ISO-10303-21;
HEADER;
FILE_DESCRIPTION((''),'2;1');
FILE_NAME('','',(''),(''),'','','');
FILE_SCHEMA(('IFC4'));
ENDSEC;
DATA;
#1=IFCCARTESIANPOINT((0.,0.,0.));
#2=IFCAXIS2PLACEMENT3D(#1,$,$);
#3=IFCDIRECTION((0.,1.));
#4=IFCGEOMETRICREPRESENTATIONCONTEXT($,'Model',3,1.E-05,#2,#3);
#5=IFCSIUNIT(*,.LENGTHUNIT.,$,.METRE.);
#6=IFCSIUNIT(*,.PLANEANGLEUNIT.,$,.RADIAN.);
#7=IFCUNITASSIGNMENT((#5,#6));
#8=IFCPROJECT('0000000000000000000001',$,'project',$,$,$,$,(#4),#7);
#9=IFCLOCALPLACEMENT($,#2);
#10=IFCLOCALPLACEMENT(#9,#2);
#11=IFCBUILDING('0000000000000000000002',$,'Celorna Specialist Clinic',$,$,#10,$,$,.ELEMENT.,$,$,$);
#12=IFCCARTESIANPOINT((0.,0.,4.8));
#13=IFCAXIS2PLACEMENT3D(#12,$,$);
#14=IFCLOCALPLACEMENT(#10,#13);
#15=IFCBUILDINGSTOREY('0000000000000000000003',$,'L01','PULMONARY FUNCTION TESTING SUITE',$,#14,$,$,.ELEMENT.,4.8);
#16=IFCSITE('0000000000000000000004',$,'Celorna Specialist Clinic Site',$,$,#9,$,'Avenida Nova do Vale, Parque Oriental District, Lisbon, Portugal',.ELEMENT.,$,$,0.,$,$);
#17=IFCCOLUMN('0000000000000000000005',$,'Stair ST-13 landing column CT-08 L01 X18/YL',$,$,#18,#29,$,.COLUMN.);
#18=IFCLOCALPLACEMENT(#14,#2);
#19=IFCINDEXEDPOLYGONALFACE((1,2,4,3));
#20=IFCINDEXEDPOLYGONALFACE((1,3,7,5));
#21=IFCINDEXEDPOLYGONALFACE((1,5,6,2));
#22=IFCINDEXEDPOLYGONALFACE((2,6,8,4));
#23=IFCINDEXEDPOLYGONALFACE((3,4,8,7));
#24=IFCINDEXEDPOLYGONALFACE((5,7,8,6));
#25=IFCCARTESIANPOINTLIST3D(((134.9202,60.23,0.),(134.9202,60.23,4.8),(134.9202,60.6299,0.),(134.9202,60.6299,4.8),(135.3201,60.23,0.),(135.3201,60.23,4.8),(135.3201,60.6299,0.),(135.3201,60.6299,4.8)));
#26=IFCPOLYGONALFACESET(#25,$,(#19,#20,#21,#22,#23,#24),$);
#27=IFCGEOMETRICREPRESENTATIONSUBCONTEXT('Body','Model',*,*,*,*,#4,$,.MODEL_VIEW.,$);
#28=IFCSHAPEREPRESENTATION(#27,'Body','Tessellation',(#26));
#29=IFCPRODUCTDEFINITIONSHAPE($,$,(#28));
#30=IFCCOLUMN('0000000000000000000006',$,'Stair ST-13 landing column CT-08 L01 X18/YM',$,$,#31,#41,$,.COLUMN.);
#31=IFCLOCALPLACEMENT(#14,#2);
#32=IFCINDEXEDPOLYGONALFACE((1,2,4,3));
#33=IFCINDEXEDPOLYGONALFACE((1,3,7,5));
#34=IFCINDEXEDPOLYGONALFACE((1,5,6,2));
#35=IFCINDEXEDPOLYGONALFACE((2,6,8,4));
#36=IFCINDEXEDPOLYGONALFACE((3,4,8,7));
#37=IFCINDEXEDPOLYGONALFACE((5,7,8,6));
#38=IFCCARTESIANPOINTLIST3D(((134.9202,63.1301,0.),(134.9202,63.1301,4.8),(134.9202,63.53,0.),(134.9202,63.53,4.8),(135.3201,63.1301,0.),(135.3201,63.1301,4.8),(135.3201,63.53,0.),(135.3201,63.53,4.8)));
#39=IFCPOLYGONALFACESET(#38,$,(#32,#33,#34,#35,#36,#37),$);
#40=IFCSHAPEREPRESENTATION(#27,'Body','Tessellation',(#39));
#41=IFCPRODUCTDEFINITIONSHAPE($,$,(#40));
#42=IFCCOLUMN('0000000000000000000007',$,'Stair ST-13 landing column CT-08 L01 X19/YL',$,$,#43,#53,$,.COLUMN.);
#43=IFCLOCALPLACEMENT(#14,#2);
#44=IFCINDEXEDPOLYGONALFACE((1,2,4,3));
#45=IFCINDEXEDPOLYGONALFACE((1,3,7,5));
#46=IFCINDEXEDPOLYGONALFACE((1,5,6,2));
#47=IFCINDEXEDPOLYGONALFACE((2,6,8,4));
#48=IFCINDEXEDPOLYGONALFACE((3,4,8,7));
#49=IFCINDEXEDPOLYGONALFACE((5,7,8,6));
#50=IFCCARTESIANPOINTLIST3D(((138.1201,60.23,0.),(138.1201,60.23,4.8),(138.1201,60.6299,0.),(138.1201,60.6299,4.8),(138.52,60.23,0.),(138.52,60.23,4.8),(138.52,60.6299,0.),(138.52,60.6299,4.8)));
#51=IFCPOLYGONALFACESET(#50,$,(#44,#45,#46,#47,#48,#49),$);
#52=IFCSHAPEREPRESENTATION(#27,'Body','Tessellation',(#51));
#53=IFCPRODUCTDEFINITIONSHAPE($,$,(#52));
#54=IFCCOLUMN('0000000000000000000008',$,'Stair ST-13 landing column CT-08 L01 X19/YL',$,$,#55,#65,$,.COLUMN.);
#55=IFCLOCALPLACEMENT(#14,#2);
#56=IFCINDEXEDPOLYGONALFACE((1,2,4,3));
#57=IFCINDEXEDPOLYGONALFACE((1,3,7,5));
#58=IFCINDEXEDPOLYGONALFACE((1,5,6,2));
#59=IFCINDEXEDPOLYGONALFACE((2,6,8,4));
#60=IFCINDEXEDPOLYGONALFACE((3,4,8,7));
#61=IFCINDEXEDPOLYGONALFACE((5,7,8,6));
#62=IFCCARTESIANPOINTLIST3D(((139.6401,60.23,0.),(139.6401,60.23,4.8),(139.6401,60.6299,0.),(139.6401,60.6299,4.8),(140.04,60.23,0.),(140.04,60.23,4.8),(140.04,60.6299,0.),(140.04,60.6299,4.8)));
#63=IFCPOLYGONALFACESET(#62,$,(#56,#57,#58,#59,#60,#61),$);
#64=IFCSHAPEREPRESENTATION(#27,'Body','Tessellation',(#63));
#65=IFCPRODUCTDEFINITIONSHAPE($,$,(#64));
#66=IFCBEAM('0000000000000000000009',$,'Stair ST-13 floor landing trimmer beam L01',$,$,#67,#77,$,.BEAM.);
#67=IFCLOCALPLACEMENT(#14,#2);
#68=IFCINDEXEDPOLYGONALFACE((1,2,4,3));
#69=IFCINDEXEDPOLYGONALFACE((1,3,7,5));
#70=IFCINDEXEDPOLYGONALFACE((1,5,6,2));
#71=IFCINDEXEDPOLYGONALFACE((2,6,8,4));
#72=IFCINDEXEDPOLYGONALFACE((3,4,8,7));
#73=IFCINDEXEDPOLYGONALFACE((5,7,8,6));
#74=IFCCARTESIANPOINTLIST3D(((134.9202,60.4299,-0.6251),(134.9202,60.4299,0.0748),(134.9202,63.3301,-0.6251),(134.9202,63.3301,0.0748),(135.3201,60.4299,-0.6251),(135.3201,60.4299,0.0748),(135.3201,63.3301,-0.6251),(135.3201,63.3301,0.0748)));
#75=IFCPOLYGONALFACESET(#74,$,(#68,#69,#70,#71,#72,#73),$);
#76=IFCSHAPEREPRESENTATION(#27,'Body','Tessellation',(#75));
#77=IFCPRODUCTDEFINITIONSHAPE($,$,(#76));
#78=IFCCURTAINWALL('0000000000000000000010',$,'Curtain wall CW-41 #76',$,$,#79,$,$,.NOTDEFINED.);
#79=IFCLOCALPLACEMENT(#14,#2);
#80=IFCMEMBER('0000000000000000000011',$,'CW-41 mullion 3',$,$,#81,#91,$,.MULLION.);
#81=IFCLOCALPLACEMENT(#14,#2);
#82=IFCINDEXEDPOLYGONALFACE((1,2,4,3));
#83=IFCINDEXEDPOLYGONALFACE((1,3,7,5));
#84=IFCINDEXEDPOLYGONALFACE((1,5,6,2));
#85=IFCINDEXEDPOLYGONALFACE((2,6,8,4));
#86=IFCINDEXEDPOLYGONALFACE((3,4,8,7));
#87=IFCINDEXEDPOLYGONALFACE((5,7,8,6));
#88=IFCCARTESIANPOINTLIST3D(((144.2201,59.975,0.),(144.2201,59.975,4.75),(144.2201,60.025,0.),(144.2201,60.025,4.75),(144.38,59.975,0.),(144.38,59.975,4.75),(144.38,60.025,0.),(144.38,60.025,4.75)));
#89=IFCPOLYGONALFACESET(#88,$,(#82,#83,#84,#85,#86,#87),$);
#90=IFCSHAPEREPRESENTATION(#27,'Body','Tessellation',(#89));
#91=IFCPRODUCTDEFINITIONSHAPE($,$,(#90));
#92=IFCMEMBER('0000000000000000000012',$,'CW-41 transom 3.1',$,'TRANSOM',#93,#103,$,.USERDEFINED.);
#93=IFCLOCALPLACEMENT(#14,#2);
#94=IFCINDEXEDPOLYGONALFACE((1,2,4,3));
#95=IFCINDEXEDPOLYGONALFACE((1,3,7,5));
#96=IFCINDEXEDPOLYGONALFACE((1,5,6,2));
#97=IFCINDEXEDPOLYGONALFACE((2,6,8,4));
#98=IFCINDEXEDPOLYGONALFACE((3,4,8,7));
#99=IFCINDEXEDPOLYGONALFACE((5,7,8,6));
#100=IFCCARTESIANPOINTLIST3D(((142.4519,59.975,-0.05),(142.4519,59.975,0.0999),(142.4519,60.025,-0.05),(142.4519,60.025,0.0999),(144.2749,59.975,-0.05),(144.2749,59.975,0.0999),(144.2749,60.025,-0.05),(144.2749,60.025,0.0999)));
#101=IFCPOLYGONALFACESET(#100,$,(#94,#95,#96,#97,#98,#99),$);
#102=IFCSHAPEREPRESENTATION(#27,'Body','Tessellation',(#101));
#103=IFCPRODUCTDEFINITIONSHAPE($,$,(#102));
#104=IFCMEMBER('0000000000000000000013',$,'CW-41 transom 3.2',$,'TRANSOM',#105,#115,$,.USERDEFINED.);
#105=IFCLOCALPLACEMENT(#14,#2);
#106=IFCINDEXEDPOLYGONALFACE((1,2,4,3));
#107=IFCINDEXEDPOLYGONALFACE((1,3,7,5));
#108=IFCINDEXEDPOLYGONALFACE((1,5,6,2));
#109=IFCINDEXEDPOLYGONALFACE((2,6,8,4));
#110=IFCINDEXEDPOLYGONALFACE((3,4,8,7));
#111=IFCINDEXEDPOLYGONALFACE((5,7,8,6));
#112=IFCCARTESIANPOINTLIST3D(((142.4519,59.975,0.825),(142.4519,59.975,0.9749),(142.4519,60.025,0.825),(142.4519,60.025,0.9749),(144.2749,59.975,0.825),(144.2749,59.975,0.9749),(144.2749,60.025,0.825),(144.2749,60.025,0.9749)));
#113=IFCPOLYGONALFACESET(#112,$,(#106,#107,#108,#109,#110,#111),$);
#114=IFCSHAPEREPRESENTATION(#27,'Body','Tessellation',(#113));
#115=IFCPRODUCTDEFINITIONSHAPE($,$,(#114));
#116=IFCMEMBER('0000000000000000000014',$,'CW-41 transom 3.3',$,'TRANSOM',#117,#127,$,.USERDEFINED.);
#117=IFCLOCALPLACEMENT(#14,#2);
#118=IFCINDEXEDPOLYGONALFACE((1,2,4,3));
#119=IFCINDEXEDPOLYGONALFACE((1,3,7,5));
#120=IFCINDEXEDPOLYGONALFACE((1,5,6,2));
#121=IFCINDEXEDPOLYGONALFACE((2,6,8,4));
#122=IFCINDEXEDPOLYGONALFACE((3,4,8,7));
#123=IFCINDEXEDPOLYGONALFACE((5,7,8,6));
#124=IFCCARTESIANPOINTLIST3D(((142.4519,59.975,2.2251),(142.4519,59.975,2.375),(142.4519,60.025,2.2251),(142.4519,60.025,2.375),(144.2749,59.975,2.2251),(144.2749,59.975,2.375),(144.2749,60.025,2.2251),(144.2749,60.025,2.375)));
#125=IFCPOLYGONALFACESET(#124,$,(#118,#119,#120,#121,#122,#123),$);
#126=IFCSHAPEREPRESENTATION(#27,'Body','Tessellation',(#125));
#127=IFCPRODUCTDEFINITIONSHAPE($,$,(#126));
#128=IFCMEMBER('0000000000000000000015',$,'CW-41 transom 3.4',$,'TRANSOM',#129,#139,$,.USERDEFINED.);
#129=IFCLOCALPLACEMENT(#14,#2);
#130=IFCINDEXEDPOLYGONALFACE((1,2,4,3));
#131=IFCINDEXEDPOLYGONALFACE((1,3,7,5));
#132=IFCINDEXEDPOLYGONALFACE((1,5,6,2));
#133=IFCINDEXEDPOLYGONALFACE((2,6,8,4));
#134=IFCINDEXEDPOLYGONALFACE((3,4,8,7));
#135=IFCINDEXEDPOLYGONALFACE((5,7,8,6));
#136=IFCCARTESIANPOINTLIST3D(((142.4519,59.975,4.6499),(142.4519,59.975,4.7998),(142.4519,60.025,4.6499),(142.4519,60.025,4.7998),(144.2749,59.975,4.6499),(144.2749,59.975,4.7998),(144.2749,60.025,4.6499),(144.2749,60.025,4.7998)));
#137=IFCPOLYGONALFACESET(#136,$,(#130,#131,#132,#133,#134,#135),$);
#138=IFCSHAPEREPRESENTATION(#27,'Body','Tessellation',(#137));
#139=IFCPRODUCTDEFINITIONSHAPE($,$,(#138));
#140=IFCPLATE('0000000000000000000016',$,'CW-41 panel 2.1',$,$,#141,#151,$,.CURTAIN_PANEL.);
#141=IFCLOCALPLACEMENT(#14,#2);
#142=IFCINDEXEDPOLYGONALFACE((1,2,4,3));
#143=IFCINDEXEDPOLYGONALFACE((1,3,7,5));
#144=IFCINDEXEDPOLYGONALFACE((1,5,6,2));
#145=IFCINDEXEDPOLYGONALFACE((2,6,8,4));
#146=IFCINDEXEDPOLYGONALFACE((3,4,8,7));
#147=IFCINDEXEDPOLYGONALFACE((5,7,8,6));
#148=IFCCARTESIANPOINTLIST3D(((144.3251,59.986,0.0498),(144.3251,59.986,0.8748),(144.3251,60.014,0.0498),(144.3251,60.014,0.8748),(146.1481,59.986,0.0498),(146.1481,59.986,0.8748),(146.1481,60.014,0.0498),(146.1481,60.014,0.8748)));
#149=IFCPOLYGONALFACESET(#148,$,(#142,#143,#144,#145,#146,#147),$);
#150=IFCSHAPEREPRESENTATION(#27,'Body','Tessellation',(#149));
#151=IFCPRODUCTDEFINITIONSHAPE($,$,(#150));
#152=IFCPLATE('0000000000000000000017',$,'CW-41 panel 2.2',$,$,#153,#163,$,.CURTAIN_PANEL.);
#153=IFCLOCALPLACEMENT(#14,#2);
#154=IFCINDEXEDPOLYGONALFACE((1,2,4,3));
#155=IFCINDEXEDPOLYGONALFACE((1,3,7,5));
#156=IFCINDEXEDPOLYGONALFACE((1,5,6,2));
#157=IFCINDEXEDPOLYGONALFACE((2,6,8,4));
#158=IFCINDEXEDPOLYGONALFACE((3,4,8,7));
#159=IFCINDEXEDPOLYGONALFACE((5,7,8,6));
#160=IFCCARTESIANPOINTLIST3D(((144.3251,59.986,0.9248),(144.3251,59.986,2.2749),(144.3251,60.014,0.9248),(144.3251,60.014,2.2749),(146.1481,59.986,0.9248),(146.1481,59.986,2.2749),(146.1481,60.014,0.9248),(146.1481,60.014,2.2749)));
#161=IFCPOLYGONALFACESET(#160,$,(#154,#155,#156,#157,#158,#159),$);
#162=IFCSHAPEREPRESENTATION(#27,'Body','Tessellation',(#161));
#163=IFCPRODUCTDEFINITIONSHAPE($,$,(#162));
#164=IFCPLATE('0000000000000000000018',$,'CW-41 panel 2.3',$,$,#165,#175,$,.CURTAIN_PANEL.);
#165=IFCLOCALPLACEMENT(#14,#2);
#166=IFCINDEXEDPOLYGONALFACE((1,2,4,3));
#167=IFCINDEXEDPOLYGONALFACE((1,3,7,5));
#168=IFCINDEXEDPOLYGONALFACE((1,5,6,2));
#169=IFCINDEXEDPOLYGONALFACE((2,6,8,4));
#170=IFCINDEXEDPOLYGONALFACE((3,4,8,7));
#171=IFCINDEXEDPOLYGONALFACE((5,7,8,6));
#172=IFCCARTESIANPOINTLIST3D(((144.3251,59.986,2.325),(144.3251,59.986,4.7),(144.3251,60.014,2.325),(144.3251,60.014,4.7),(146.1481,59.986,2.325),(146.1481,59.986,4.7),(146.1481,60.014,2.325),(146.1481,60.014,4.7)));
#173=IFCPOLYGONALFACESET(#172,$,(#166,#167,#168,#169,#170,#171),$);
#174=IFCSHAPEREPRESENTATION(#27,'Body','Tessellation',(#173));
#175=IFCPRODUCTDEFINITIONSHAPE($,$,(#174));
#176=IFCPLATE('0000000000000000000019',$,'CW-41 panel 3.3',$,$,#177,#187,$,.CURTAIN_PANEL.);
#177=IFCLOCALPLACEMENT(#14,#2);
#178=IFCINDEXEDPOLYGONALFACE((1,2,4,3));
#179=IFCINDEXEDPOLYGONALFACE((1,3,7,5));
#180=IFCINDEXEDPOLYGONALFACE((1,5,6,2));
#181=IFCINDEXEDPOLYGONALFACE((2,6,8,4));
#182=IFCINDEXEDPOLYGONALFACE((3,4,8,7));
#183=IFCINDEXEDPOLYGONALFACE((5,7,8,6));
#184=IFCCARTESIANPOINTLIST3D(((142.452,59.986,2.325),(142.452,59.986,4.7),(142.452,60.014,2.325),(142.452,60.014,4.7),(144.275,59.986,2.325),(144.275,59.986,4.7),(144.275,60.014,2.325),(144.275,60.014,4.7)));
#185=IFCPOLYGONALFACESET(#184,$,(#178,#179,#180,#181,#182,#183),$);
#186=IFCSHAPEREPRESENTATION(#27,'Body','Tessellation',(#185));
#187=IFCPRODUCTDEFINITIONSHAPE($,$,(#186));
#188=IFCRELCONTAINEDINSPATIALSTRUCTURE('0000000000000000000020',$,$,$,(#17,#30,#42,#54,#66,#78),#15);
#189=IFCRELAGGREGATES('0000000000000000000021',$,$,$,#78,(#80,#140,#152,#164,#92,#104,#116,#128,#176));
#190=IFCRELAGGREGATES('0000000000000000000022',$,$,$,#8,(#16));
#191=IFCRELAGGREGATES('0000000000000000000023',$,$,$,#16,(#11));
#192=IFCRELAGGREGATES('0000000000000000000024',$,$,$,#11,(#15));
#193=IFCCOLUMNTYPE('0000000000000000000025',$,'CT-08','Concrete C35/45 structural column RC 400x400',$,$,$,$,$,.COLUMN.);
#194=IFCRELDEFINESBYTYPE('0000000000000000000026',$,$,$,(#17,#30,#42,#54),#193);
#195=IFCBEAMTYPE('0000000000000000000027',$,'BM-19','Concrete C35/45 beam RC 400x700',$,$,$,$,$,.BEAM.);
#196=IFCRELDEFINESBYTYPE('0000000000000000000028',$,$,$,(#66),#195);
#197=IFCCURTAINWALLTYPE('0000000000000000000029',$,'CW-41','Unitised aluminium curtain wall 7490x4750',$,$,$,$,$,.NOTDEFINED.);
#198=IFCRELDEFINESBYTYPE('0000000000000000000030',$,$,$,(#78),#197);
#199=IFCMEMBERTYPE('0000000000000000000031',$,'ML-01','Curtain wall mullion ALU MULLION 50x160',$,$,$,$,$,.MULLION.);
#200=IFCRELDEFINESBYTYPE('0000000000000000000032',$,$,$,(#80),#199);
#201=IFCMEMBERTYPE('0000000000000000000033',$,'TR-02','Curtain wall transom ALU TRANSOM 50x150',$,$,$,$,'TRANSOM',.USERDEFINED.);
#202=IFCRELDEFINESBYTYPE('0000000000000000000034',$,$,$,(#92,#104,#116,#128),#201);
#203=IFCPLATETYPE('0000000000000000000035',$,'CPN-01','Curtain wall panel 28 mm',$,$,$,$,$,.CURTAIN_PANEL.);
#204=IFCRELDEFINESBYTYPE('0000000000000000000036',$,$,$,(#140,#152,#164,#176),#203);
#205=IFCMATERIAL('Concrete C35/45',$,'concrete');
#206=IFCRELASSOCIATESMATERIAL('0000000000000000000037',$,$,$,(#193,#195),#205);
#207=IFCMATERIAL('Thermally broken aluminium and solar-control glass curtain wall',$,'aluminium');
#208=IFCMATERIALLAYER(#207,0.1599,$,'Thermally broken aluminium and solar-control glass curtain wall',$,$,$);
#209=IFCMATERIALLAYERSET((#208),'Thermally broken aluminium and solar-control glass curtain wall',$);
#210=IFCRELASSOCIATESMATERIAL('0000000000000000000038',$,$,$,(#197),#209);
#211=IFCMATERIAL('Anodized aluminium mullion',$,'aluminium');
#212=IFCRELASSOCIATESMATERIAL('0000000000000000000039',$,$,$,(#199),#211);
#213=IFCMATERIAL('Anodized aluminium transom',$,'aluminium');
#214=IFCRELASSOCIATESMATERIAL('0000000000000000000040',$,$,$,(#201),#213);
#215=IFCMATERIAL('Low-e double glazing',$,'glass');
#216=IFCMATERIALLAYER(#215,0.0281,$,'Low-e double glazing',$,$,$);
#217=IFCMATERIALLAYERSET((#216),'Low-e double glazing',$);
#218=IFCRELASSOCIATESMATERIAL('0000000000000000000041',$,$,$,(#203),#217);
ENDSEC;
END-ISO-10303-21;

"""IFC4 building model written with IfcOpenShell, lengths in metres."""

from ifc_helpers import new_model, si_unit, direction, frame, origin, origin_2d, place, context, subcontext, project, spatial, rectangle, extrude, material, layer, layer_set, material_profile, profile_set, type_object, element, aggregate, save


model = new_model("IFC4")

# Units and contexts
model_context = context("Model", 3, precision=1e-05, world=origin(), true_north=direction((0.0, 1.0)))
body_context = subcontext(model_context, "Body", "Model", "MODEL_VIEW")
ifc_project = project(units=[si_unit("LENGTHUNIT", "METRE"), si_unit("PLANEANGLEUNIT", "RADIAN")], contexts=[model_context])

# Site, building, storey
site_placement = place(None, origin())
site = spatial("IfcSite", under=ifc_project, at=site_placement, Name="Celorna Specialist Clinic Site", LongName="Avenida Nova do Vale, Parque Oriental District, Lisbon, Portugal", CompositionType="ELEMENT", RefElevation=0.0)
building_placement = place(site_placement, origin())
building = spatial("IfcBuilding", under=site, at=building_placement, Name="Celorna Specialist Clinic", CompositionType="ELEMENT")
storey_placement = place(building_placement, frame((0.0, 0.0, 4.8)))
storey = spatial("IfcBuildingStorey", under=building, at=storey_placement, Name="L01", Description="PULMONARY FUNCTION TESTING SUITE", CompositionType="ELEMENT", Elevation=4.8)

# Columns
ifc_material_1 = material(Name="Concrete C35/45", Category="concrete")
ifc_material_profile_1 = material_profile(ifc_material_1, rectangle(XDim=0.3999, YDim=0.3999, at=origin_2d()), Name="RC 400x400")
ifc_profile_set_1 = profile_set([ifc_material_profile_1], Name="Concrete C35/45")
column_type = type_object("IfcColumnType", Name="CT-08", Description="Concrete C35/45 structural column RC 400x400", PredefinedType="COLUMN", material=ifc_profile_set_1)
for number, where, z_axis, x_axis, name in (
    (1, (135.1201, 60.4299, 0.0), (0.0, 0.0, 1.0), (1.0, 0.0, 0.0), "Stair ST-13 landing column CT-08 L01 X18/YL"),
    (2, (135.1201, 63.3301, 0.0), (0.0, 0.0, 1.0), (1.0, 0.0, 0.0), "Stair ST-13 landing column CT-08 L01 X18/YM"),
    (3, (138.3201, 60.4299, 0.0), (0.0, 0.0, 1.0), (1.0, 0.0, 0.0), "Stair ST-13 landing column CT-08 L01 X19/YL"),
    (4, (139.8401, 60.4299, 0.0), (0.0, 0.0, 1.0), (1.0, 0.0, 0.0), "Stair ST-13 landing column CT-08 L01 X19/YL"),
):
    element("IfcColumn", number, at=place(storey_placement, frame(where, z_axis=z_axis, x_axis=x_axis)), inside=storey, type_object=column_type, Name=name, PredefinedType="COLUMN", context=body_context, shape_type="SweptSolid", body=[
        extrude(rectangle(XDim=0.3999, YDim=0.3999, at=origin_2d()), origin(), (0.0, 0.0, 1.0), 4.8),
    ])

# Beam
ifc_material_profile_2 = material_profile(ifc_material_1, rectangle(XDim=0.3999, YDim=0.7, at=origin_2d()), Name="RC 400x700")
ifc_profile_set_2 = profile_set([ifc_material_profile_2], Name="Concrete C35/45")
beam_type = type_object("IfcBeamType", Name="BM-19", Description="Concrete C35/45 beam RC 400x700", PredefinedType="BEAM", material=ifc_profile_set_2)
beam_placement = place(storey_placement, frame((135.1201, 60.4299, -0.2751), z_axis=(0.0, 1.0, 0.0), x_axis=(-1.0, 0.0, 0.0)))
element("IfcBeam", 5, at=beam_placement, inside=storey, type_object=beam_type, Name="Stair ST-13 floor landing trimmer beam L01", PredefinedType="BEAM", context=body_context, shape_type="SweptSolid", body=[
    extrude(rectangle(XDim=0.3999, YDim=0.7, at=origin_2d()), origin(), (0.0, 0.0, 1.0), 2.9001),
])

# Curtain wall, members, plates
ifc_material_2 = material(Name="Thermally broken aluminium and solar-control glass curtain wall", Category="aluminium")
ifc_layer_1 = layer(ifc_material_2, 0.1599, Name="Thermally broken aluminium and solar-control glass curtain wall")
ifc_layer_set_1 = layer_set([ifc_layer_1], Name="Thermally broken aluminium and solar-control glass curtain wall")
curtain_wall_type = type_object("IfcCurtainWallType", Name="CW-41", Description="Unitised aluminium curtain wall 7490x4750", PredefinedType="NOTDEFINED", material=ifc_layer_set_1)
curtain_wall_placement = place(storey_placement, origin())
curtain_wall = element("IfcCurtainWall", 6, at=curtain_wall_placement, inside=storey, type_object=curtain_wall_type, Name="Curtain wall CW-41 #76", PredefinedType="NOTDEFINED")
ifc_material_3 = material(Name="Anodized aluminium mullion", Category="aluminium")
ifc_material_profile_3 = material_profile(ifc_material_3, rectangle(XDim=0.05, YDim=0.1599, at=origin_2d()), Name="ALU MULLION 50x160")
ifc_profile_set_3 = profile_set([ifc_material_profile_3], Name="Anodized aluminium mullion")
member_type_1 = type_object("IfcMemberType", Name="ML-01", Description="Curtain wall mullion ALU MULLION 50x160", PredefinedType="MULLION", material=ifc_profile_set_3)
member_1_placement = place(storey_placement, frame((144.3, 60.0, 0.0), z_axis=(0.0, 0.0, 1.0), x_axis=(0.0, -1.0, 0.0)))
member_1 = element("IfcMember", 7, at=member_1_placement, type_object=member_type_1, Name="CW-41 mullion 3", PredefinedType="MULLION", context=body_context, shape_type="SweptSolid", body=[
    extrude(rectangle(XDim=0.05, YDim=0.1599, at=origin_2d()), origin(), (0.0, 0.0, 1.0), 4.75),
])
ifc_material_4 = material(Name="Anodized aluminium transom", Category="aluminium")
ifc_material_profile_4 = material_profile(ifc_material_4, rectangle(XDim=0.05, YDim=0.1499, at=origin_2d()), Name="ALU TRANSOM 50x150")
ifc_profile_set_4 = profile_set([ifc_material_profile_4], Name="Anodized aluminium transom")
member_type_2 = type_object("IfcMemberType", Name="TR-02", Description="Curtain wall transom ALU TRANSOM 50x150", ElementType="TRANSOM", PredefinedType="USERDEFINED", material=ifc_profile_set_4)
member_2_placement = place(storey_placement, frame((144.2749, 60.0, 0.0249), z_axis=(-1.0, 0.0, 0.0), x_axis=(0.0, -1.0, 0.0)))
member_2 = element("IfcMember", 8, at=member_2_placement, type_object=member_type_2, Name="CW-41 transom 3.1", ObjectType="TRANSOM", PredefinedType="USERDEFINED", context=body_context, shape_type="SweptSolid", body=[
    extrude(rectangle(XDim=0.05, YDim=0.1499, at=origin_2d()), origin(), (0.0, 0.0, 1.0), 1.823),
])
member_3_placement = place(storey_placement, frame((144.2749, 60.0, 0.8999), z_axis=(-1.0, 0.0, 0.0), x_axis=(0.0, -1.0, 0.0)))
member_3 = element("IfcMember", 9, at=member_3_placement, type_object=member_type_2, Name="CW-41 transom 3.2", ObjectType="TRANSOM", PredefinedType="USERDEFINED", context=body_context, shape_type="SweptSolid", body=[
    extrude(rectangle(XDim=0.05, YDim=0.1499, at=origin_2d()), origin(), (0.0, 0.0, 1.0), 1.823),
])
member_4_placement = place(storey_placement, frame((144.2749, 60.0, 2.3), z_axis=(-1.0, 0.0, 0.0), x_axis=(0.0, -1.0, 0.0)))
member_4 = element("IfcMember", 10, at=member_4_placement, type_object=member_type_2, Name="CW-41 transom 3.3", ObjectType="TRANSOM", PredefinedType="USERDEFINED", context=body_context, shape_type="SweptSolid", body=[
    extrude(rectangle(XDim=0.05, YDim=0.1499, at=origin_2d()), origin(), (0.0, 0.0, 1.0), 1.823),
])
member_5_placement = place(storey_placement, frame((144.2749, 60.0, 4.7249), z_axis=(-1.0, 0.0, 0.0), x_axis=(0.0, -1.0, 0.0)))
member_5 = element("IfcMember", 11, at=member_5_placement, type_object=member_type_2, Name="CW-41 transom 3.4", ObjectType="TRANSOM", PredefinedType="USERDEFINED", context=body_context, shape_type="SweptSolid", body=[
    extrude(rectangle(XDim=0.05, YDim=0.1499, at=origin_2d()), origin(), (0.0, 0.0, 1.0), 1.823),
])
ifc_material_5 = material(Name="Low-e double glazing", Category="glass")
ifc_layer_2 = layer(ifc_material_5, 0.0281, Name="Low-e double glazing")
ifc_layer_set_2 = layer_set([ifc_layer_2], Name="Low-e double glazing")
plate_type = type_object("IfcPlateType", Name="CPN-01", Description="Curtain wall panel 28 mm", PredefinedType="CURTAIN_PANEL", material=ifc_layer_set_2)
plate_1_placement = place(storey_placement, frame((145.2366, 60.0, 0.0498), z_axis=(0.0, 0.0, 1.0), x_axis=(-1.0, 0.0, 0.0)))
plate_1 = element("IfcPlate", 12, at=plate_1_placement, type_object=plate_type, Name="CW-41 panel 2.1", PredefinedType="CURTAIN_PANEL", context=body_context, shape_type="SweptSolid", body=[
    extrude(rectangle(XDim=1.823, YDim=0.0281, at=origin_2d()), origin(), (0.0, 0.0, 1.0), 0.825),
])
plate_2_placement = place(storey_placement, frame((145.2366, 60.0, 0.9248), z_axis=(0.0, 0.0, 1.0), x_axis=(-1.0, 0.0, 0.0)))
plate_2 = element("IfcPlate", 13, at=plate_2_placement, type_object=plate_type, Name="CW-41 panel 2.2", PredefinedType="CURTAIN_PANEL", context=body_context, shape_type="SweptSolid", body=[
    extrude(rectangle(XDim=1.823, YDim=0.0281, at=origin_2d()), origin(), (0.0, 0.0, 1.0), 1.3501),
])
plate_3_placement = place(storey_placement, frame((145.2366, 60.0, 2.325), z_axis=(0.0, 0.0, 1.0), x_axis=(-1.0, 0.0, 0.0)))
plate_3 = element("IfcPlate", 14, at=plate_3_placement, type_object=plate_type, Name="CW-41 panel 2.3", PredefinedType="CURTAIN_PANEL", context=body_context, shape_type="SweptSolid", body=[
    extrude(rectangle(XDim=1.823, YDim=0.0281, at=origin_2d()), origin(), (0.0, 0.0, 1.0), 2.375),
])
plate_4_placement = place(storey_placement, frame((143.3635, 60.0, 2.325), z_axis=(0.0, 0.0, 1.0), x_axis=(-1.0, 0.0, 0.0)))
plate_4 = element("IfcPlate", 15, at=plate_4_placement, type_object=plate_type, Name="CW-41 panel 3.3", PredefinedType="CURTAIN_PANEL", context=body_context, shape_type="SweptSolid", body=[
    extrude(rectangle(XDim=1.823, YDim=0.0281, at=origin_2d()), origin(), (0.0, 0.0, 1.0), 2.375),
])
aggregate(curtain_wall, [member_1, plate_1, plate_2, plate_3, member_2, member_3, member_4, member_5, plate_4])

save(model, "model.ifc")
